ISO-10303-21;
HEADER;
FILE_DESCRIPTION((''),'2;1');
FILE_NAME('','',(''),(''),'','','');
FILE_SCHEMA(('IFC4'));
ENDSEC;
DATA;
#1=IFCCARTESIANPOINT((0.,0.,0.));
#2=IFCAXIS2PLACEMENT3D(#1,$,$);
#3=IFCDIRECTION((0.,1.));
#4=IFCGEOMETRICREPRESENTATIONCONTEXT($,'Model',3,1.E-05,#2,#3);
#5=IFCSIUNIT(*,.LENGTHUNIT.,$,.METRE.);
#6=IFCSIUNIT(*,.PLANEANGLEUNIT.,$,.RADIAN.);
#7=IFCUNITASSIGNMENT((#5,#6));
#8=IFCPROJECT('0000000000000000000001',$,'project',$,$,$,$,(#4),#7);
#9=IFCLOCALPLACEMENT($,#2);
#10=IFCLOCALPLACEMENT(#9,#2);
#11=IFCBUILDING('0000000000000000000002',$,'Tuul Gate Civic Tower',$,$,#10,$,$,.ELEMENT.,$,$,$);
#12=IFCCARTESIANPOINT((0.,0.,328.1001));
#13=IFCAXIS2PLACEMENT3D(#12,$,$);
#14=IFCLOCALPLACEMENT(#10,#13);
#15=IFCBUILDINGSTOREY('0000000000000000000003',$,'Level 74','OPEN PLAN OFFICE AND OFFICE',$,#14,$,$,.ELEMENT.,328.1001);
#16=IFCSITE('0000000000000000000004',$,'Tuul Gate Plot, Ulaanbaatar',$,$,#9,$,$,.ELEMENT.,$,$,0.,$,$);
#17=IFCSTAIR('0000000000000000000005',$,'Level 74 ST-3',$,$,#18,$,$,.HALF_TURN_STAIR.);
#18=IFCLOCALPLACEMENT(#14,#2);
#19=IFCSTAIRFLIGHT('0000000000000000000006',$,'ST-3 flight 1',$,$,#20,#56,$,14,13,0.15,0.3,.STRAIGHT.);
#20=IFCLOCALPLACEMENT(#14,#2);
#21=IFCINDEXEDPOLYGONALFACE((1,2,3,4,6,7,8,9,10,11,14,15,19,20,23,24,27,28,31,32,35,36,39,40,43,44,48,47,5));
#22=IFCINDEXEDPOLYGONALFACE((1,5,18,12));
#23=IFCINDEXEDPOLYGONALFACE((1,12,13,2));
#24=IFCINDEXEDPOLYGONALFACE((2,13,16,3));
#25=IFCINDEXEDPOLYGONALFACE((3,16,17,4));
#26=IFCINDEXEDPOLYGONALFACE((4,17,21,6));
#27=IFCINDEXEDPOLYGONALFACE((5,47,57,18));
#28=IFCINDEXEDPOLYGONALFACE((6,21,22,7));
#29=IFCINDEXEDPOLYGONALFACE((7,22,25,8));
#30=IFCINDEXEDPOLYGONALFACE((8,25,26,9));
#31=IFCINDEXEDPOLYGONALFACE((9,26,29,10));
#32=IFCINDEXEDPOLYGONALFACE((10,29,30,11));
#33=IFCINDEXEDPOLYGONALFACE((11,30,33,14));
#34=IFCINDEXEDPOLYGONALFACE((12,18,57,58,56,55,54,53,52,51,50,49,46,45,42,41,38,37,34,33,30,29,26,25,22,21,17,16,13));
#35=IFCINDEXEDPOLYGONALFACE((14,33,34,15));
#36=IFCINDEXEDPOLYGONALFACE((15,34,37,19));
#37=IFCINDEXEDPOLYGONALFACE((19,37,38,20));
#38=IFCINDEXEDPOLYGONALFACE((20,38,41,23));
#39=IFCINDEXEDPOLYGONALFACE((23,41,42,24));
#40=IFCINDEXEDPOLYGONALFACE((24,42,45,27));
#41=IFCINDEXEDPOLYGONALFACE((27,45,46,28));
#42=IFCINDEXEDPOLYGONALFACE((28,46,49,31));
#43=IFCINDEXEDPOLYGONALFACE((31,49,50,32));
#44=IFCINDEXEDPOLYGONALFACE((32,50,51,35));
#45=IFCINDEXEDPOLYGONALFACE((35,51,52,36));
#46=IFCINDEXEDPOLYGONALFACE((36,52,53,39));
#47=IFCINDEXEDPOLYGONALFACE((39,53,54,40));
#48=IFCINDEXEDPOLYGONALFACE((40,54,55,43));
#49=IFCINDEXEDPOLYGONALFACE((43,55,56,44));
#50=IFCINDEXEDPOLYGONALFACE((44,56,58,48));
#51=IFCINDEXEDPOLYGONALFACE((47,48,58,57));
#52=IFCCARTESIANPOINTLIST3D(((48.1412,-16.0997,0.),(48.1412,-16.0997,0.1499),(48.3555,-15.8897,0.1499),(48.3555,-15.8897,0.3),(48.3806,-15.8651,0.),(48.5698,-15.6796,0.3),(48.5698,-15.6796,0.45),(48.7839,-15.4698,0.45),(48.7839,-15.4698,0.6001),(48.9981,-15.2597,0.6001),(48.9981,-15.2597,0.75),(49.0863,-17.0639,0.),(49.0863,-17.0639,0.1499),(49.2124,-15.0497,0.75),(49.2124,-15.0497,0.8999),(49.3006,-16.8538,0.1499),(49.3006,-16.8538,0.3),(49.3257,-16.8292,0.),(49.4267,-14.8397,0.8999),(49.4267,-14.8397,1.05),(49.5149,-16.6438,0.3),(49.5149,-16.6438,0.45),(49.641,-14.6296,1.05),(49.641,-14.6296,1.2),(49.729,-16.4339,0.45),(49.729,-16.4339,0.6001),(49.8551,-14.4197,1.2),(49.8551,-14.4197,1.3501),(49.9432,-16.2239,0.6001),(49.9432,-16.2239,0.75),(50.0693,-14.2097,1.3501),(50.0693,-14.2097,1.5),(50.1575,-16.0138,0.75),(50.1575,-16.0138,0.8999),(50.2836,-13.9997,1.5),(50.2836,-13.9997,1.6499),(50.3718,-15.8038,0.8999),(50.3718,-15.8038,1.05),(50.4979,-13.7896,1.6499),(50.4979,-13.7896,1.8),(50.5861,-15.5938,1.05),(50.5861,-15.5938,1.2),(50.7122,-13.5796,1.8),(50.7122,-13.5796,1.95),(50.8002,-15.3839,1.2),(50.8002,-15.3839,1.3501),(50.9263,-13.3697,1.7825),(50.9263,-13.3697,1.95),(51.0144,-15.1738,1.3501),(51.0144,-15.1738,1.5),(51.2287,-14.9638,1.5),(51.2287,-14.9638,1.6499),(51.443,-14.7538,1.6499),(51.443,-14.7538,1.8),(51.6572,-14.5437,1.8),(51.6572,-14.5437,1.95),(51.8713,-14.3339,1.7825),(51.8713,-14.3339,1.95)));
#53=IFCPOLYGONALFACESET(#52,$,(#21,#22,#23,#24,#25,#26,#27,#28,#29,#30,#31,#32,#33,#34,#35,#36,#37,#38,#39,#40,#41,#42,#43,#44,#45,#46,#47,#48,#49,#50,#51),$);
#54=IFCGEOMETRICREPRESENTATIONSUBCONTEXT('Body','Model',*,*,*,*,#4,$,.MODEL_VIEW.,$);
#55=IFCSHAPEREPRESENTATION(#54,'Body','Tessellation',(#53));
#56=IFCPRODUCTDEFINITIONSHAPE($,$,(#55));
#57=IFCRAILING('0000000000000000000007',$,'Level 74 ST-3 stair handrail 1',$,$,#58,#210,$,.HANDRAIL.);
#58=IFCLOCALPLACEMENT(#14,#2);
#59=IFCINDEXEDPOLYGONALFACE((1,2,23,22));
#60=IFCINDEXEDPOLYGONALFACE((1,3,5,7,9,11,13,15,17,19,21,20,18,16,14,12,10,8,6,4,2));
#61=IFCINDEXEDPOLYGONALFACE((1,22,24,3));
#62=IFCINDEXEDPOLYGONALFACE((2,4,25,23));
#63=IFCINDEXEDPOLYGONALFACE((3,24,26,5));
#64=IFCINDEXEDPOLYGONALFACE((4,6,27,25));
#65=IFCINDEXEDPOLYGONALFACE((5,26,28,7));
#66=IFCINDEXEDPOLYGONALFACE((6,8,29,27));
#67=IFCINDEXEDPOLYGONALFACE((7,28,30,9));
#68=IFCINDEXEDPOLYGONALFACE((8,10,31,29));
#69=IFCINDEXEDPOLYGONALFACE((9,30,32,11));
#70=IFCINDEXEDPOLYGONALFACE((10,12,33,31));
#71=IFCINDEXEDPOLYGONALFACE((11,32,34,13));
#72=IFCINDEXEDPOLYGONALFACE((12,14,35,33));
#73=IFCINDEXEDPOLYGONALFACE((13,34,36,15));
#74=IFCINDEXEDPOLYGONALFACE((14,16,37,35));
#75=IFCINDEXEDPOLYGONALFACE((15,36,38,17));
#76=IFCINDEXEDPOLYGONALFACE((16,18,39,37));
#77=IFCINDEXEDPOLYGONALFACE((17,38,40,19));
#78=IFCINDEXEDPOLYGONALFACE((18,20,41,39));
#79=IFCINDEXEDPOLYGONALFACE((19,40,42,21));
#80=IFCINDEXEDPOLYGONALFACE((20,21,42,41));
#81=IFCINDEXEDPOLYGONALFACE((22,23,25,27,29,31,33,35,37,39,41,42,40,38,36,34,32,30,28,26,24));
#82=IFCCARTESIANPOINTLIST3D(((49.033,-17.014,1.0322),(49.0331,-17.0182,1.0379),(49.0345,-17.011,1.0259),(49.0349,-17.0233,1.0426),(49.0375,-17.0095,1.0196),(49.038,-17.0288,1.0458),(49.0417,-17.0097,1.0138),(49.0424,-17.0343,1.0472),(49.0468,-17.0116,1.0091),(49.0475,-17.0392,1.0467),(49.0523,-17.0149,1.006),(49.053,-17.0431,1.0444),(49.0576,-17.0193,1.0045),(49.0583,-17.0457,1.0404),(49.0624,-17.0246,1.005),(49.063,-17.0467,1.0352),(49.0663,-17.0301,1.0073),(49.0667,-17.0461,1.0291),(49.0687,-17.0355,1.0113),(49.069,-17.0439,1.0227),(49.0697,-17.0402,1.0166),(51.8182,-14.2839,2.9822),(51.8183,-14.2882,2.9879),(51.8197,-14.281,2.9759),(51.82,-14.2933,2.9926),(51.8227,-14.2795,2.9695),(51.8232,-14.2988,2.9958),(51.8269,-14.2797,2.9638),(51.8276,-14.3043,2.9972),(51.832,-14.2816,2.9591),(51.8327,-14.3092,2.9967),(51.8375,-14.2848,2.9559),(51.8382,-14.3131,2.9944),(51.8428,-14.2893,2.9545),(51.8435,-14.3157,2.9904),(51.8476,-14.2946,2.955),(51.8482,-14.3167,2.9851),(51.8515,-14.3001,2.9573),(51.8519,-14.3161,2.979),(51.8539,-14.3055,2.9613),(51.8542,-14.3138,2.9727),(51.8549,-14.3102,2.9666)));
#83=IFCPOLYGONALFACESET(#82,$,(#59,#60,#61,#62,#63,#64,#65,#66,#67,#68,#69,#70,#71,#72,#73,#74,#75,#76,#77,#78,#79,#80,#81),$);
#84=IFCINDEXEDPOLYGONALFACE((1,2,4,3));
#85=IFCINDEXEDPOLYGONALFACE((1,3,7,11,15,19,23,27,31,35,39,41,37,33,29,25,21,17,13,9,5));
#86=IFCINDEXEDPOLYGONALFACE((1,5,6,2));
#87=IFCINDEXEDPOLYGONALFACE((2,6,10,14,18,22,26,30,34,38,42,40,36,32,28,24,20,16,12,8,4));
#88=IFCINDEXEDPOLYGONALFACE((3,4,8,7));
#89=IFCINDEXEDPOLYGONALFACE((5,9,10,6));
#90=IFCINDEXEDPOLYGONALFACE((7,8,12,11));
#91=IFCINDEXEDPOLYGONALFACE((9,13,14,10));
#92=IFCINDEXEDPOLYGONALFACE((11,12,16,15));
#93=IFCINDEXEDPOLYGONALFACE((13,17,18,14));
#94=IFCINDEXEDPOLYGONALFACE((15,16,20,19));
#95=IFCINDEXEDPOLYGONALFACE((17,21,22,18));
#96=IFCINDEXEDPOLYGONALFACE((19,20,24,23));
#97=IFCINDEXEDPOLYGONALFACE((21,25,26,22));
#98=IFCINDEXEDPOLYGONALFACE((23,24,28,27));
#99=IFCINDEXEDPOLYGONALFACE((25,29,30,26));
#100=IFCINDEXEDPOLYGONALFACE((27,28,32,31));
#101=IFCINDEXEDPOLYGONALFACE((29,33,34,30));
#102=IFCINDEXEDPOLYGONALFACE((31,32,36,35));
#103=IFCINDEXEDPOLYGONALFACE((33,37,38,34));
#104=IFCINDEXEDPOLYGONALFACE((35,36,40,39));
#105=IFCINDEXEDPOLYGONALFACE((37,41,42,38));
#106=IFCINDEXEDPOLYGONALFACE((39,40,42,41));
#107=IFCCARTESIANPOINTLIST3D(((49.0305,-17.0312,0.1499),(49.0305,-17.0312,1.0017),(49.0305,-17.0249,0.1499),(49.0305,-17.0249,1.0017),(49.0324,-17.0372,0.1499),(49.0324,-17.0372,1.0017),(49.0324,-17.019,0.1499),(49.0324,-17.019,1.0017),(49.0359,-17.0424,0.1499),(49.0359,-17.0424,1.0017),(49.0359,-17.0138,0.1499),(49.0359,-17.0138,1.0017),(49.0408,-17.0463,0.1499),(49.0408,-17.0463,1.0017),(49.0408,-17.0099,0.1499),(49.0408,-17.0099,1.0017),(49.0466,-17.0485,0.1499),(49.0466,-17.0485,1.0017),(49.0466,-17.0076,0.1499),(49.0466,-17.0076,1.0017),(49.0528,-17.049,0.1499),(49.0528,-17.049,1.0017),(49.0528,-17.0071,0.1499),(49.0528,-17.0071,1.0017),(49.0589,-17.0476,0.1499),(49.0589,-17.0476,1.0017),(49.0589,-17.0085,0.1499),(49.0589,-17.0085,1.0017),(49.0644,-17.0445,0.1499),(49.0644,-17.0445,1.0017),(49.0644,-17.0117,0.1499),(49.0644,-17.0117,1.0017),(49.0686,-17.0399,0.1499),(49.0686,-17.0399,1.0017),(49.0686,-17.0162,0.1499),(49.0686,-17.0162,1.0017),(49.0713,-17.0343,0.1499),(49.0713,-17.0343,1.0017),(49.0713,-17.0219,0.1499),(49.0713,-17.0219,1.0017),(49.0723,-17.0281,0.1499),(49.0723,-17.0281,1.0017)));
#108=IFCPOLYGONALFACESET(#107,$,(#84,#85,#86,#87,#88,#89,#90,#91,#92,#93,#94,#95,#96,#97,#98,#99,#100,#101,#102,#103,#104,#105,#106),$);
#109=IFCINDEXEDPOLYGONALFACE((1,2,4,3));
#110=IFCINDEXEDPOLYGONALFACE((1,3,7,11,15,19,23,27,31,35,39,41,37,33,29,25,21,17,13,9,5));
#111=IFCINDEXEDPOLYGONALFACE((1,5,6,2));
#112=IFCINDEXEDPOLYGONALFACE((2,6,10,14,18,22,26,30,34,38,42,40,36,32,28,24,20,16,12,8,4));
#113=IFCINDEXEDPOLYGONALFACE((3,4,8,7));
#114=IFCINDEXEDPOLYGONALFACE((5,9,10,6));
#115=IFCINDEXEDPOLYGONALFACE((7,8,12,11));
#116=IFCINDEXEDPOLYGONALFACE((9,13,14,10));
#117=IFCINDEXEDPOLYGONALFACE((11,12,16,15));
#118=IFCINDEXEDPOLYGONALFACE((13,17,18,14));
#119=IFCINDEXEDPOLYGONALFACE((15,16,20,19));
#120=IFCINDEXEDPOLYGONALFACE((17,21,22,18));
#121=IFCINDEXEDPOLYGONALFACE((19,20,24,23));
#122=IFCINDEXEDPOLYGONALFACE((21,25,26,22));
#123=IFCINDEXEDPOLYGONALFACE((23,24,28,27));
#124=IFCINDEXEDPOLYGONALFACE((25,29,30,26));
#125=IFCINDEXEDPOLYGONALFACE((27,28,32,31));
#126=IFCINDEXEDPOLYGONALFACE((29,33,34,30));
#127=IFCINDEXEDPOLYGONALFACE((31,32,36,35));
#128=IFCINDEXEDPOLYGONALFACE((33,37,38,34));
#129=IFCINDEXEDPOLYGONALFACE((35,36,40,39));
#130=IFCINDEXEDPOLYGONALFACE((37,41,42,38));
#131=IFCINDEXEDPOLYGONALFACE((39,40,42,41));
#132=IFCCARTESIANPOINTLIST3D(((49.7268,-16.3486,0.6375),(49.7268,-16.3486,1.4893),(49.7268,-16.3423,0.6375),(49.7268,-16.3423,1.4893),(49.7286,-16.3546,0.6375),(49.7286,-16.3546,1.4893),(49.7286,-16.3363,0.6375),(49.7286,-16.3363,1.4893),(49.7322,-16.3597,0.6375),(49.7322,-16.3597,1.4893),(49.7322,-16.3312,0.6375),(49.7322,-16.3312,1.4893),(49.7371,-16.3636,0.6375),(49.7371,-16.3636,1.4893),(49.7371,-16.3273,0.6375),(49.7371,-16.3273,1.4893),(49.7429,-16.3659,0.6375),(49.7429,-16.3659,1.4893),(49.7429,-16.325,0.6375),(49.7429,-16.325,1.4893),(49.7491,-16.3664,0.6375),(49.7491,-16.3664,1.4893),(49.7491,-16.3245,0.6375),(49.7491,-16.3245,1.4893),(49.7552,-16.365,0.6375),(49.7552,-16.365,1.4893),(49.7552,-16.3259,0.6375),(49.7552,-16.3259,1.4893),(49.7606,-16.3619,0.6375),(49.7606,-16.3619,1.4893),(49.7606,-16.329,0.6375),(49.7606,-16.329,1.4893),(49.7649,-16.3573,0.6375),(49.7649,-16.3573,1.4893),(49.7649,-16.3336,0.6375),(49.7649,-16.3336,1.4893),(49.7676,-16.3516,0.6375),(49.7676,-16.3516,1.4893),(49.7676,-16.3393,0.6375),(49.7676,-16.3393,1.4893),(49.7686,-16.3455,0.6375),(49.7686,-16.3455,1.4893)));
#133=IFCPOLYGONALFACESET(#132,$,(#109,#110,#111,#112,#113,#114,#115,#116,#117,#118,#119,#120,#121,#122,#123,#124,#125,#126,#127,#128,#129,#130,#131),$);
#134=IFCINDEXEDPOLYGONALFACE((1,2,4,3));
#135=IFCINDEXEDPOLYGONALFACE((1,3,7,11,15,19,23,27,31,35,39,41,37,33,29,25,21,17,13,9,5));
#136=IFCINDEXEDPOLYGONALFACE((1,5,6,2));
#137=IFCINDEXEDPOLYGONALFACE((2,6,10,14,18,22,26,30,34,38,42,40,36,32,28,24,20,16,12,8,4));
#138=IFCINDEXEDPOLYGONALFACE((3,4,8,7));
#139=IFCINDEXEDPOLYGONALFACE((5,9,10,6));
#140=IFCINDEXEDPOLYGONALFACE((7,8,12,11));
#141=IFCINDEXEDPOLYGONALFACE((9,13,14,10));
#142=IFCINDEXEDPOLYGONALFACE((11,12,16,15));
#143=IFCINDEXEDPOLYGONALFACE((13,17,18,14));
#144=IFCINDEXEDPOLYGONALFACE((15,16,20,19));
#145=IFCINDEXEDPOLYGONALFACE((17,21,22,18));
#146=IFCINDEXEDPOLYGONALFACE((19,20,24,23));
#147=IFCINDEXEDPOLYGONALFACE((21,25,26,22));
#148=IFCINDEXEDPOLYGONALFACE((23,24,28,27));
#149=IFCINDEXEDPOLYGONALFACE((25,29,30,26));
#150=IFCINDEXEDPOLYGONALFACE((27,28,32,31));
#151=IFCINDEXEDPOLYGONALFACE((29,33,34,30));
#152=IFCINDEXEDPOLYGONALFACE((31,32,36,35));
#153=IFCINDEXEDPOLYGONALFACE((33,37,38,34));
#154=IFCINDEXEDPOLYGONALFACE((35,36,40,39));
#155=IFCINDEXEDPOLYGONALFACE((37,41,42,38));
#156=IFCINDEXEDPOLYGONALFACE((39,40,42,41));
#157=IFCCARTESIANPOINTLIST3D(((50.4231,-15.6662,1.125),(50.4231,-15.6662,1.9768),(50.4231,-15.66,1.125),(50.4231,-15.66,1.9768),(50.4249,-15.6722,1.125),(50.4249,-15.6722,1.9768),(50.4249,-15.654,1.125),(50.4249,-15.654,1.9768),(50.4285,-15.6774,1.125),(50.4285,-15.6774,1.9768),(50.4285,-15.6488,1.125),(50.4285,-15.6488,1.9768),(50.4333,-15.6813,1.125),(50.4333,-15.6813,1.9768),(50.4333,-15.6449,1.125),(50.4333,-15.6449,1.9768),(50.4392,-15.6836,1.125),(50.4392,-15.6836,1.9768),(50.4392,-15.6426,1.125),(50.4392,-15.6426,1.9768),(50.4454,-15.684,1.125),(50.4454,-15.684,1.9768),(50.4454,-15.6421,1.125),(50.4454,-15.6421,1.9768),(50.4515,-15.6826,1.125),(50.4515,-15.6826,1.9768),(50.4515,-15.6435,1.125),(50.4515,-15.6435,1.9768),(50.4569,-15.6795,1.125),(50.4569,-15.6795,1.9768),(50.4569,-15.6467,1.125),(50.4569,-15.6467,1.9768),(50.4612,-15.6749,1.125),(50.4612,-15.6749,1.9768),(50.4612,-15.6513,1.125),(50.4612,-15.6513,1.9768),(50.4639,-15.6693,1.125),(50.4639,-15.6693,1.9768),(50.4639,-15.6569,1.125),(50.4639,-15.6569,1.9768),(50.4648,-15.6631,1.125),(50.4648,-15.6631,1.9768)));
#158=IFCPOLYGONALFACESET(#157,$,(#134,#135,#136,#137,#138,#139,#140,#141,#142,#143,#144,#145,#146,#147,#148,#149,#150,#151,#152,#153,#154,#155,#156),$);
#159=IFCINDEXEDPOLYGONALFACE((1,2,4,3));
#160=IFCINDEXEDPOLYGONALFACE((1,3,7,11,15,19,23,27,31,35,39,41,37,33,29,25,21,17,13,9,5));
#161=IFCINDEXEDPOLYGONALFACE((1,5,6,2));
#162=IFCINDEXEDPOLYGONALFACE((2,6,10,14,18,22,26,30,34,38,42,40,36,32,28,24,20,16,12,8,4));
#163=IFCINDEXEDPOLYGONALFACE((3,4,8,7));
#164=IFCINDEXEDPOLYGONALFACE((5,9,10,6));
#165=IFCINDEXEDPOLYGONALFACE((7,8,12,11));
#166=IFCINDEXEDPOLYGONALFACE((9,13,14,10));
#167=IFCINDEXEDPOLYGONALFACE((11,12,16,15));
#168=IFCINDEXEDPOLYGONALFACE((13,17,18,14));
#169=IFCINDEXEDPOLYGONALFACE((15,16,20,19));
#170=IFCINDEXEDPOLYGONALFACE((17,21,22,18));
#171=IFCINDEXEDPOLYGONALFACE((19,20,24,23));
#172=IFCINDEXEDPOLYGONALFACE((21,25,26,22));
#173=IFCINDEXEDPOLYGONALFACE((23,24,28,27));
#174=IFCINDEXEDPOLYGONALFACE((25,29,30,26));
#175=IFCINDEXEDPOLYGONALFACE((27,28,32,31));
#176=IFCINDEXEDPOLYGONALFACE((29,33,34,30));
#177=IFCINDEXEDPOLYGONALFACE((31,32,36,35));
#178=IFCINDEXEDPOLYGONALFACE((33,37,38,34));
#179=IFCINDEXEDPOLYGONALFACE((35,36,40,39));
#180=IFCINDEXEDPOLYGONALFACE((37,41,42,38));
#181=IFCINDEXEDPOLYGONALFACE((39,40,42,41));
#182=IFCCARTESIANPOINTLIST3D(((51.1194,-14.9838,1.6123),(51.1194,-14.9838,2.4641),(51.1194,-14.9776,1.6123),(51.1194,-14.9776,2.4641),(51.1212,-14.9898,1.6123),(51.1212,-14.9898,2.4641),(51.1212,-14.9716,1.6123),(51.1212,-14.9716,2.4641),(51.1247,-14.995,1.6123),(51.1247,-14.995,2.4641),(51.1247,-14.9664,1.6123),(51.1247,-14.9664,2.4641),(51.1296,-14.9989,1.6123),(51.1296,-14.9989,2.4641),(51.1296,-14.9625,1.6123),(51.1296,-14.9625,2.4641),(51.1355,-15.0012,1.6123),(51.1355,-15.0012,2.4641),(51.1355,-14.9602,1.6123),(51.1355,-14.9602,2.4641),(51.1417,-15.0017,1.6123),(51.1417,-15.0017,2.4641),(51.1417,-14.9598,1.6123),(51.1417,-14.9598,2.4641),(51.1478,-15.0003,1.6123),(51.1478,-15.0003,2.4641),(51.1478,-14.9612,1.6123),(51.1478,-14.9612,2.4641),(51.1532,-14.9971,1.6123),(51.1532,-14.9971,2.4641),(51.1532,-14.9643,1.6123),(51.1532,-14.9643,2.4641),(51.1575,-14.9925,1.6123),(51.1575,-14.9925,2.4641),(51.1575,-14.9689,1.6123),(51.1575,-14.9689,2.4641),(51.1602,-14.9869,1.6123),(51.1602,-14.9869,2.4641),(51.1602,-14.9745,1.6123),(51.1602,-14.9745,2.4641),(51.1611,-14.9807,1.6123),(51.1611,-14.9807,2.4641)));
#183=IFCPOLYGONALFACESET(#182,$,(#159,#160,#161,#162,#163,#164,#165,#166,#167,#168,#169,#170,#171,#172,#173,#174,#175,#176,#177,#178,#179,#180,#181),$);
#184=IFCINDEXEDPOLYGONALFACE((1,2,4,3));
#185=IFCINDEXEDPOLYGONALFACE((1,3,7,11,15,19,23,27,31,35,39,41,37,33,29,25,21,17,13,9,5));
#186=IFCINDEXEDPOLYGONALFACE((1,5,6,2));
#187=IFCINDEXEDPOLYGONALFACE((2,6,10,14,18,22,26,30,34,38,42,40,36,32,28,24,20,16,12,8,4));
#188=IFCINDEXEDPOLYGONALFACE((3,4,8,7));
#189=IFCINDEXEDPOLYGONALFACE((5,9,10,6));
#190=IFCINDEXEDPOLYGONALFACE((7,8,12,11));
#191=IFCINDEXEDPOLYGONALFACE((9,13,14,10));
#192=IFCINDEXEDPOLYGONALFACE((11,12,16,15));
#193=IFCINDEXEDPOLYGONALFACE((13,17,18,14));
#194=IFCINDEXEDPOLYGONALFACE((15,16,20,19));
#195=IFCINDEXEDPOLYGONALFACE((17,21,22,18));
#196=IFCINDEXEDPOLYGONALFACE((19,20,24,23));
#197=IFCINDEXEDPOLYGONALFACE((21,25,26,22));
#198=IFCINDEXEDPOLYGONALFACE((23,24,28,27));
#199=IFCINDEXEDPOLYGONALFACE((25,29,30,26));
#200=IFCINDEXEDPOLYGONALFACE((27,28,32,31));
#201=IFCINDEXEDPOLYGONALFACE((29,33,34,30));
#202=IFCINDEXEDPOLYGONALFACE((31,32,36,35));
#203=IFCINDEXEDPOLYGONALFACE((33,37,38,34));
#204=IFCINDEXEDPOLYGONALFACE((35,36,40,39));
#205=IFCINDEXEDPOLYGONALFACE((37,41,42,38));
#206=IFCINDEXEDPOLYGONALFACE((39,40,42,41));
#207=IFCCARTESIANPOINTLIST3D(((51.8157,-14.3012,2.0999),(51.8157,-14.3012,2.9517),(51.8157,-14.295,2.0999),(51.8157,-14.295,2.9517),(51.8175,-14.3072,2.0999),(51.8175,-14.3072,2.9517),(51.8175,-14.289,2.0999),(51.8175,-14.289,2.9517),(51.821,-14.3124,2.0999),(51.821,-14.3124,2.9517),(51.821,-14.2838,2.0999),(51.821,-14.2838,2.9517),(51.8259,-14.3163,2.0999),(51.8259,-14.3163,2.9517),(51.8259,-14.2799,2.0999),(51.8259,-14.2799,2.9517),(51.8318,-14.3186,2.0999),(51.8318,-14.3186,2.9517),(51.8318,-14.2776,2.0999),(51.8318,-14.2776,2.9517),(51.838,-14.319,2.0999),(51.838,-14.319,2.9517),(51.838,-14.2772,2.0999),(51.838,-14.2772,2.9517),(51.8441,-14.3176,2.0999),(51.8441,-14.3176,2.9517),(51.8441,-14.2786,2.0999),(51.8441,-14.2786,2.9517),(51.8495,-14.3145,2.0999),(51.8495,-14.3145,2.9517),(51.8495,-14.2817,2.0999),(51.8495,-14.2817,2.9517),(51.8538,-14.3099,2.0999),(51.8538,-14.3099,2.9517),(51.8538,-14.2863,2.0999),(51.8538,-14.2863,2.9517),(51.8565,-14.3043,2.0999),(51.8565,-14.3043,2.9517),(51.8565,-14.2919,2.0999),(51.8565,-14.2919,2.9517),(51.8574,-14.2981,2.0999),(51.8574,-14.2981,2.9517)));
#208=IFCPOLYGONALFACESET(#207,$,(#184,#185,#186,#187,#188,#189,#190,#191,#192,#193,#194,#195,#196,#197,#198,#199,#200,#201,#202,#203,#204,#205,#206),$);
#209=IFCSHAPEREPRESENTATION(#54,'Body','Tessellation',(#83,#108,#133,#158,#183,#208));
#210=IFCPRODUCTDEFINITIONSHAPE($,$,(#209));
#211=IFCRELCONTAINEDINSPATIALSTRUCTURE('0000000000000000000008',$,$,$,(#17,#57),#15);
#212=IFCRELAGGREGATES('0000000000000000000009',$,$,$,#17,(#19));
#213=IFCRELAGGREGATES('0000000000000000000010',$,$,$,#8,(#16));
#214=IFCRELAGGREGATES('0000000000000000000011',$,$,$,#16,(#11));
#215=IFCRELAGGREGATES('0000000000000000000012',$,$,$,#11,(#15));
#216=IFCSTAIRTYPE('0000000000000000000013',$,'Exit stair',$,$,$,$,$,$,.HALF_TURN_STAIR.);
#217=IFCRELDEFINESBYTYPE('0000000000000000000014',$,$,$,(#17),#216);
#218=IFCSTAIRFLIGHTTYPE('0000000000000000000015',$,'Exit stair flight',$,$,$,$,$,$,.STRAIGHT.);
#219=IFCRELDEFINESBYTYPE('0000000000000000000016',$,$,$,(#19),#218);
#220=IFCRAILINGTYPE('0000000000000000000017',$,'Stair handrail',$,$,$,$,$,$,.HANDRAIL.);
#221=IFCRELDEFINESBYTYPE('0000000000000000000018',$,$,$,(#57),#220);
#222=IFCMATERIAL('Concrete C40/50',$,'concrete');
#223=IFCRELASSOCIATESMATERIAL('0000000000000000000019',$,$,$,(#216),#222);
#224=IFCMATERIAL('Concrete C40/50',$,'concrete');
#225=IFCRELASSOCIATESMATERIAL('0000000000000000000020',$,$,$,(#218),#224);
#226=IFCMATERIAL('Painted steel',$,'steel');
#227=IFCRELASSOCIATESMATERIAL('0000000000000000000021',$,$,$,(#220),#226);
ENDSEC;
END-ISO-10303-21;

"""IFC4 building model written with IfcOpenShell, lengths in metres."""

from ifc_helpers import new_model, si_unit, direction, frame, origin, origin_2d, place, context, subcontext, project, spatial, polyline, circle, outline, extrude, material, type_object, element, aggregate, save


model = new_model("IFC4")

# Units and contexts
model_context = context("Model", 3, precision=1e-05, world=origin(), true_north=direction((0.0, 1.0)))
body_context = subcontext(model_context, "Body", "Model", "MODEL_VIEW")
ifc_project = project(units=[si_unit("LENGTHUNIT", "METRE"), si_unit("PLANEANGLEUNIT", "RADIAN")], contexts=[model_context])

# Site, building, storey
site_placement = place(None, origin())
site = spatial("IfcSite", under=ifc_project, at=site_placement, Name="Tuul Gate Plot, Ulaanbaatar", CompositionType="ELEMENT", RefElevation=0.0)
building_placement = place(site_placement, origin())
building = spatial("IfcBuilding", under=site, at=building_placement, Name="Tuul Gate Civic Tower", CompositionType="ELEMENT")
storey_placement = place(building_placement, frame((0.0, 0.0, 328.1001)))
storey = spatial("IfcBuildingStorey", under=building, at=storey_placement, Name="Level 74", Description="OPEN PLAN OFFICE AND OFFICE", CompositionType="ELEMENT", Elevation=328.1001)

# Stair, stair flight
ifc_material_1 = material(Name="Concrete C40/50", Category="concrete")
stair_type = type_object("IfcStairType", Name="Exit stair", PredefinedType="HALF_TURN_STAIR", material=ifc_material_1)
stair_placement = place(storey_placement, origin())
stair = element("IfcStair", 1, at=stair_placement, inside=storey, type_object=stair_type, Name="Level 74 ST-3", PredefinedType="HALF_TURN_STAIR")
ifc_material_2 = material(Name="Concrete C40/50", Category="concrete")
stair_flight_type = type_object("IfcStairFlightType", Name="Exit stair flight", PredefinedType="STRAIGHT", material=ifc_material_2)
stair_flight_placement = place(storey_placement, frame((48.6138, -16.5818, 0.0), z_axis=(0.0, 0.0, 1.0), x_axis=(0.714127, 0.700016, 0.0)))
stair_flight = element("IfcStairFlight", 2, at=stair_flight_placement, type_object=stair_flight_type, Name="ST-3 flight 1", NumberOfRisers=14, NumberOfTreads=13, PredefinedType="STRAIGHT", RiserHeight=0.15, TreadLength=0.3, context=body_context, shape_type="SweptSolid", body=[
    extrude(outline(polyline([(0.0, 0.0), (0.0, 0.1499), (0.3, 0.1499), (0.3, 0.3), (0.6001, 0.3), (0.6001, 0.45), (0.8999, 0.45), (0.8999, 0.6001), (1.2, 0.6001), (1.2, 0.75), (1.5, 0.75), (1.5, 0.8999), (1.8, 0.8999), (1.8, 1.05), (2.1001, 1.05), (2.1001, 1.2), (2.3999, 1.2), (2.3999, 1.3501), (2.7, 1.3501), (2.7, 1.5), (3.0, 1.5), (3.0, 1.6499), (3.3, 1.6499), (3.3, 1.8), (3.6001, 1.8), (3.6001, 1.95), (3.8999, 1.95), (3.8999, 2.1001), (3.8999, 1.7825), (0.3352, 0.0), (0.0, 0.0)])), frame((0.0, 0.675, 0.0), z_axis=(0.0, -1.0, 0.0), x_axis=(1.0, 0.0, 0.0)), (0.0, 0.0, 1.0), 1.3501),
])
aggregate(stair, [stair_flight])

# Railing
ifc_material_3 = material(Name="Painted steel", Category="steel")
railing_type_1 = type_object("IfcRailingType", Name="Stair handrail", PredefinedType="HANDRAIL", material=ifc_material_3)
railing_1_placement = place(storey_placement, frame((49.0513, -17.0281, 0.1499)))
element("IfcRailing", 3, at=railing_1_placement, inside=storey, type_object=railing_type_1, Name="Level 74 ST-3 stair handrail 1", PredefinedType="HANDRAIL", context=body_context, shape_type="SweptSolid", body=[
    extrude(circle(Radius=0.0239, at=origin_2d()), frame((0.0, 0.0, 0.876), z_axis=(0.638754, 0.6261, 0.447206), x_axis=(-0.699998, 0.714145, 0.0)), (0.0, 0.0, 1.0), 4.3604),
    extrude(circle(Radius=0.021, at=origin_2d()), origin(), (0.0, 0.0, 1.0), 0.8518),
    extrude(circle(Radius=0.021, at=origin_2d()), frame((0.6963, 0.6826, 0.4875)), (0.0, 0.0, 1.0), 0.8518),
    extrude(circle(Radius=0.021, at=origin_2d()), frame((1.3926, 1.365, 0.9751)), (0.0, 0.0, 1.0), 0.8518),
    extrude(circle(Radius=0.021, at=origin_2d()), frame((2.0889, 2.0474, 1.4624)), (0.0, 0.0, 1.0), 0.8518),
    extrude(circle(Radius=0.021, at=origin_2d()), frame((2.7852, 2.73, 1.95)), (0.0, 0.0, 1.0), 0.8518),
])

save(model, "model.ifc")
